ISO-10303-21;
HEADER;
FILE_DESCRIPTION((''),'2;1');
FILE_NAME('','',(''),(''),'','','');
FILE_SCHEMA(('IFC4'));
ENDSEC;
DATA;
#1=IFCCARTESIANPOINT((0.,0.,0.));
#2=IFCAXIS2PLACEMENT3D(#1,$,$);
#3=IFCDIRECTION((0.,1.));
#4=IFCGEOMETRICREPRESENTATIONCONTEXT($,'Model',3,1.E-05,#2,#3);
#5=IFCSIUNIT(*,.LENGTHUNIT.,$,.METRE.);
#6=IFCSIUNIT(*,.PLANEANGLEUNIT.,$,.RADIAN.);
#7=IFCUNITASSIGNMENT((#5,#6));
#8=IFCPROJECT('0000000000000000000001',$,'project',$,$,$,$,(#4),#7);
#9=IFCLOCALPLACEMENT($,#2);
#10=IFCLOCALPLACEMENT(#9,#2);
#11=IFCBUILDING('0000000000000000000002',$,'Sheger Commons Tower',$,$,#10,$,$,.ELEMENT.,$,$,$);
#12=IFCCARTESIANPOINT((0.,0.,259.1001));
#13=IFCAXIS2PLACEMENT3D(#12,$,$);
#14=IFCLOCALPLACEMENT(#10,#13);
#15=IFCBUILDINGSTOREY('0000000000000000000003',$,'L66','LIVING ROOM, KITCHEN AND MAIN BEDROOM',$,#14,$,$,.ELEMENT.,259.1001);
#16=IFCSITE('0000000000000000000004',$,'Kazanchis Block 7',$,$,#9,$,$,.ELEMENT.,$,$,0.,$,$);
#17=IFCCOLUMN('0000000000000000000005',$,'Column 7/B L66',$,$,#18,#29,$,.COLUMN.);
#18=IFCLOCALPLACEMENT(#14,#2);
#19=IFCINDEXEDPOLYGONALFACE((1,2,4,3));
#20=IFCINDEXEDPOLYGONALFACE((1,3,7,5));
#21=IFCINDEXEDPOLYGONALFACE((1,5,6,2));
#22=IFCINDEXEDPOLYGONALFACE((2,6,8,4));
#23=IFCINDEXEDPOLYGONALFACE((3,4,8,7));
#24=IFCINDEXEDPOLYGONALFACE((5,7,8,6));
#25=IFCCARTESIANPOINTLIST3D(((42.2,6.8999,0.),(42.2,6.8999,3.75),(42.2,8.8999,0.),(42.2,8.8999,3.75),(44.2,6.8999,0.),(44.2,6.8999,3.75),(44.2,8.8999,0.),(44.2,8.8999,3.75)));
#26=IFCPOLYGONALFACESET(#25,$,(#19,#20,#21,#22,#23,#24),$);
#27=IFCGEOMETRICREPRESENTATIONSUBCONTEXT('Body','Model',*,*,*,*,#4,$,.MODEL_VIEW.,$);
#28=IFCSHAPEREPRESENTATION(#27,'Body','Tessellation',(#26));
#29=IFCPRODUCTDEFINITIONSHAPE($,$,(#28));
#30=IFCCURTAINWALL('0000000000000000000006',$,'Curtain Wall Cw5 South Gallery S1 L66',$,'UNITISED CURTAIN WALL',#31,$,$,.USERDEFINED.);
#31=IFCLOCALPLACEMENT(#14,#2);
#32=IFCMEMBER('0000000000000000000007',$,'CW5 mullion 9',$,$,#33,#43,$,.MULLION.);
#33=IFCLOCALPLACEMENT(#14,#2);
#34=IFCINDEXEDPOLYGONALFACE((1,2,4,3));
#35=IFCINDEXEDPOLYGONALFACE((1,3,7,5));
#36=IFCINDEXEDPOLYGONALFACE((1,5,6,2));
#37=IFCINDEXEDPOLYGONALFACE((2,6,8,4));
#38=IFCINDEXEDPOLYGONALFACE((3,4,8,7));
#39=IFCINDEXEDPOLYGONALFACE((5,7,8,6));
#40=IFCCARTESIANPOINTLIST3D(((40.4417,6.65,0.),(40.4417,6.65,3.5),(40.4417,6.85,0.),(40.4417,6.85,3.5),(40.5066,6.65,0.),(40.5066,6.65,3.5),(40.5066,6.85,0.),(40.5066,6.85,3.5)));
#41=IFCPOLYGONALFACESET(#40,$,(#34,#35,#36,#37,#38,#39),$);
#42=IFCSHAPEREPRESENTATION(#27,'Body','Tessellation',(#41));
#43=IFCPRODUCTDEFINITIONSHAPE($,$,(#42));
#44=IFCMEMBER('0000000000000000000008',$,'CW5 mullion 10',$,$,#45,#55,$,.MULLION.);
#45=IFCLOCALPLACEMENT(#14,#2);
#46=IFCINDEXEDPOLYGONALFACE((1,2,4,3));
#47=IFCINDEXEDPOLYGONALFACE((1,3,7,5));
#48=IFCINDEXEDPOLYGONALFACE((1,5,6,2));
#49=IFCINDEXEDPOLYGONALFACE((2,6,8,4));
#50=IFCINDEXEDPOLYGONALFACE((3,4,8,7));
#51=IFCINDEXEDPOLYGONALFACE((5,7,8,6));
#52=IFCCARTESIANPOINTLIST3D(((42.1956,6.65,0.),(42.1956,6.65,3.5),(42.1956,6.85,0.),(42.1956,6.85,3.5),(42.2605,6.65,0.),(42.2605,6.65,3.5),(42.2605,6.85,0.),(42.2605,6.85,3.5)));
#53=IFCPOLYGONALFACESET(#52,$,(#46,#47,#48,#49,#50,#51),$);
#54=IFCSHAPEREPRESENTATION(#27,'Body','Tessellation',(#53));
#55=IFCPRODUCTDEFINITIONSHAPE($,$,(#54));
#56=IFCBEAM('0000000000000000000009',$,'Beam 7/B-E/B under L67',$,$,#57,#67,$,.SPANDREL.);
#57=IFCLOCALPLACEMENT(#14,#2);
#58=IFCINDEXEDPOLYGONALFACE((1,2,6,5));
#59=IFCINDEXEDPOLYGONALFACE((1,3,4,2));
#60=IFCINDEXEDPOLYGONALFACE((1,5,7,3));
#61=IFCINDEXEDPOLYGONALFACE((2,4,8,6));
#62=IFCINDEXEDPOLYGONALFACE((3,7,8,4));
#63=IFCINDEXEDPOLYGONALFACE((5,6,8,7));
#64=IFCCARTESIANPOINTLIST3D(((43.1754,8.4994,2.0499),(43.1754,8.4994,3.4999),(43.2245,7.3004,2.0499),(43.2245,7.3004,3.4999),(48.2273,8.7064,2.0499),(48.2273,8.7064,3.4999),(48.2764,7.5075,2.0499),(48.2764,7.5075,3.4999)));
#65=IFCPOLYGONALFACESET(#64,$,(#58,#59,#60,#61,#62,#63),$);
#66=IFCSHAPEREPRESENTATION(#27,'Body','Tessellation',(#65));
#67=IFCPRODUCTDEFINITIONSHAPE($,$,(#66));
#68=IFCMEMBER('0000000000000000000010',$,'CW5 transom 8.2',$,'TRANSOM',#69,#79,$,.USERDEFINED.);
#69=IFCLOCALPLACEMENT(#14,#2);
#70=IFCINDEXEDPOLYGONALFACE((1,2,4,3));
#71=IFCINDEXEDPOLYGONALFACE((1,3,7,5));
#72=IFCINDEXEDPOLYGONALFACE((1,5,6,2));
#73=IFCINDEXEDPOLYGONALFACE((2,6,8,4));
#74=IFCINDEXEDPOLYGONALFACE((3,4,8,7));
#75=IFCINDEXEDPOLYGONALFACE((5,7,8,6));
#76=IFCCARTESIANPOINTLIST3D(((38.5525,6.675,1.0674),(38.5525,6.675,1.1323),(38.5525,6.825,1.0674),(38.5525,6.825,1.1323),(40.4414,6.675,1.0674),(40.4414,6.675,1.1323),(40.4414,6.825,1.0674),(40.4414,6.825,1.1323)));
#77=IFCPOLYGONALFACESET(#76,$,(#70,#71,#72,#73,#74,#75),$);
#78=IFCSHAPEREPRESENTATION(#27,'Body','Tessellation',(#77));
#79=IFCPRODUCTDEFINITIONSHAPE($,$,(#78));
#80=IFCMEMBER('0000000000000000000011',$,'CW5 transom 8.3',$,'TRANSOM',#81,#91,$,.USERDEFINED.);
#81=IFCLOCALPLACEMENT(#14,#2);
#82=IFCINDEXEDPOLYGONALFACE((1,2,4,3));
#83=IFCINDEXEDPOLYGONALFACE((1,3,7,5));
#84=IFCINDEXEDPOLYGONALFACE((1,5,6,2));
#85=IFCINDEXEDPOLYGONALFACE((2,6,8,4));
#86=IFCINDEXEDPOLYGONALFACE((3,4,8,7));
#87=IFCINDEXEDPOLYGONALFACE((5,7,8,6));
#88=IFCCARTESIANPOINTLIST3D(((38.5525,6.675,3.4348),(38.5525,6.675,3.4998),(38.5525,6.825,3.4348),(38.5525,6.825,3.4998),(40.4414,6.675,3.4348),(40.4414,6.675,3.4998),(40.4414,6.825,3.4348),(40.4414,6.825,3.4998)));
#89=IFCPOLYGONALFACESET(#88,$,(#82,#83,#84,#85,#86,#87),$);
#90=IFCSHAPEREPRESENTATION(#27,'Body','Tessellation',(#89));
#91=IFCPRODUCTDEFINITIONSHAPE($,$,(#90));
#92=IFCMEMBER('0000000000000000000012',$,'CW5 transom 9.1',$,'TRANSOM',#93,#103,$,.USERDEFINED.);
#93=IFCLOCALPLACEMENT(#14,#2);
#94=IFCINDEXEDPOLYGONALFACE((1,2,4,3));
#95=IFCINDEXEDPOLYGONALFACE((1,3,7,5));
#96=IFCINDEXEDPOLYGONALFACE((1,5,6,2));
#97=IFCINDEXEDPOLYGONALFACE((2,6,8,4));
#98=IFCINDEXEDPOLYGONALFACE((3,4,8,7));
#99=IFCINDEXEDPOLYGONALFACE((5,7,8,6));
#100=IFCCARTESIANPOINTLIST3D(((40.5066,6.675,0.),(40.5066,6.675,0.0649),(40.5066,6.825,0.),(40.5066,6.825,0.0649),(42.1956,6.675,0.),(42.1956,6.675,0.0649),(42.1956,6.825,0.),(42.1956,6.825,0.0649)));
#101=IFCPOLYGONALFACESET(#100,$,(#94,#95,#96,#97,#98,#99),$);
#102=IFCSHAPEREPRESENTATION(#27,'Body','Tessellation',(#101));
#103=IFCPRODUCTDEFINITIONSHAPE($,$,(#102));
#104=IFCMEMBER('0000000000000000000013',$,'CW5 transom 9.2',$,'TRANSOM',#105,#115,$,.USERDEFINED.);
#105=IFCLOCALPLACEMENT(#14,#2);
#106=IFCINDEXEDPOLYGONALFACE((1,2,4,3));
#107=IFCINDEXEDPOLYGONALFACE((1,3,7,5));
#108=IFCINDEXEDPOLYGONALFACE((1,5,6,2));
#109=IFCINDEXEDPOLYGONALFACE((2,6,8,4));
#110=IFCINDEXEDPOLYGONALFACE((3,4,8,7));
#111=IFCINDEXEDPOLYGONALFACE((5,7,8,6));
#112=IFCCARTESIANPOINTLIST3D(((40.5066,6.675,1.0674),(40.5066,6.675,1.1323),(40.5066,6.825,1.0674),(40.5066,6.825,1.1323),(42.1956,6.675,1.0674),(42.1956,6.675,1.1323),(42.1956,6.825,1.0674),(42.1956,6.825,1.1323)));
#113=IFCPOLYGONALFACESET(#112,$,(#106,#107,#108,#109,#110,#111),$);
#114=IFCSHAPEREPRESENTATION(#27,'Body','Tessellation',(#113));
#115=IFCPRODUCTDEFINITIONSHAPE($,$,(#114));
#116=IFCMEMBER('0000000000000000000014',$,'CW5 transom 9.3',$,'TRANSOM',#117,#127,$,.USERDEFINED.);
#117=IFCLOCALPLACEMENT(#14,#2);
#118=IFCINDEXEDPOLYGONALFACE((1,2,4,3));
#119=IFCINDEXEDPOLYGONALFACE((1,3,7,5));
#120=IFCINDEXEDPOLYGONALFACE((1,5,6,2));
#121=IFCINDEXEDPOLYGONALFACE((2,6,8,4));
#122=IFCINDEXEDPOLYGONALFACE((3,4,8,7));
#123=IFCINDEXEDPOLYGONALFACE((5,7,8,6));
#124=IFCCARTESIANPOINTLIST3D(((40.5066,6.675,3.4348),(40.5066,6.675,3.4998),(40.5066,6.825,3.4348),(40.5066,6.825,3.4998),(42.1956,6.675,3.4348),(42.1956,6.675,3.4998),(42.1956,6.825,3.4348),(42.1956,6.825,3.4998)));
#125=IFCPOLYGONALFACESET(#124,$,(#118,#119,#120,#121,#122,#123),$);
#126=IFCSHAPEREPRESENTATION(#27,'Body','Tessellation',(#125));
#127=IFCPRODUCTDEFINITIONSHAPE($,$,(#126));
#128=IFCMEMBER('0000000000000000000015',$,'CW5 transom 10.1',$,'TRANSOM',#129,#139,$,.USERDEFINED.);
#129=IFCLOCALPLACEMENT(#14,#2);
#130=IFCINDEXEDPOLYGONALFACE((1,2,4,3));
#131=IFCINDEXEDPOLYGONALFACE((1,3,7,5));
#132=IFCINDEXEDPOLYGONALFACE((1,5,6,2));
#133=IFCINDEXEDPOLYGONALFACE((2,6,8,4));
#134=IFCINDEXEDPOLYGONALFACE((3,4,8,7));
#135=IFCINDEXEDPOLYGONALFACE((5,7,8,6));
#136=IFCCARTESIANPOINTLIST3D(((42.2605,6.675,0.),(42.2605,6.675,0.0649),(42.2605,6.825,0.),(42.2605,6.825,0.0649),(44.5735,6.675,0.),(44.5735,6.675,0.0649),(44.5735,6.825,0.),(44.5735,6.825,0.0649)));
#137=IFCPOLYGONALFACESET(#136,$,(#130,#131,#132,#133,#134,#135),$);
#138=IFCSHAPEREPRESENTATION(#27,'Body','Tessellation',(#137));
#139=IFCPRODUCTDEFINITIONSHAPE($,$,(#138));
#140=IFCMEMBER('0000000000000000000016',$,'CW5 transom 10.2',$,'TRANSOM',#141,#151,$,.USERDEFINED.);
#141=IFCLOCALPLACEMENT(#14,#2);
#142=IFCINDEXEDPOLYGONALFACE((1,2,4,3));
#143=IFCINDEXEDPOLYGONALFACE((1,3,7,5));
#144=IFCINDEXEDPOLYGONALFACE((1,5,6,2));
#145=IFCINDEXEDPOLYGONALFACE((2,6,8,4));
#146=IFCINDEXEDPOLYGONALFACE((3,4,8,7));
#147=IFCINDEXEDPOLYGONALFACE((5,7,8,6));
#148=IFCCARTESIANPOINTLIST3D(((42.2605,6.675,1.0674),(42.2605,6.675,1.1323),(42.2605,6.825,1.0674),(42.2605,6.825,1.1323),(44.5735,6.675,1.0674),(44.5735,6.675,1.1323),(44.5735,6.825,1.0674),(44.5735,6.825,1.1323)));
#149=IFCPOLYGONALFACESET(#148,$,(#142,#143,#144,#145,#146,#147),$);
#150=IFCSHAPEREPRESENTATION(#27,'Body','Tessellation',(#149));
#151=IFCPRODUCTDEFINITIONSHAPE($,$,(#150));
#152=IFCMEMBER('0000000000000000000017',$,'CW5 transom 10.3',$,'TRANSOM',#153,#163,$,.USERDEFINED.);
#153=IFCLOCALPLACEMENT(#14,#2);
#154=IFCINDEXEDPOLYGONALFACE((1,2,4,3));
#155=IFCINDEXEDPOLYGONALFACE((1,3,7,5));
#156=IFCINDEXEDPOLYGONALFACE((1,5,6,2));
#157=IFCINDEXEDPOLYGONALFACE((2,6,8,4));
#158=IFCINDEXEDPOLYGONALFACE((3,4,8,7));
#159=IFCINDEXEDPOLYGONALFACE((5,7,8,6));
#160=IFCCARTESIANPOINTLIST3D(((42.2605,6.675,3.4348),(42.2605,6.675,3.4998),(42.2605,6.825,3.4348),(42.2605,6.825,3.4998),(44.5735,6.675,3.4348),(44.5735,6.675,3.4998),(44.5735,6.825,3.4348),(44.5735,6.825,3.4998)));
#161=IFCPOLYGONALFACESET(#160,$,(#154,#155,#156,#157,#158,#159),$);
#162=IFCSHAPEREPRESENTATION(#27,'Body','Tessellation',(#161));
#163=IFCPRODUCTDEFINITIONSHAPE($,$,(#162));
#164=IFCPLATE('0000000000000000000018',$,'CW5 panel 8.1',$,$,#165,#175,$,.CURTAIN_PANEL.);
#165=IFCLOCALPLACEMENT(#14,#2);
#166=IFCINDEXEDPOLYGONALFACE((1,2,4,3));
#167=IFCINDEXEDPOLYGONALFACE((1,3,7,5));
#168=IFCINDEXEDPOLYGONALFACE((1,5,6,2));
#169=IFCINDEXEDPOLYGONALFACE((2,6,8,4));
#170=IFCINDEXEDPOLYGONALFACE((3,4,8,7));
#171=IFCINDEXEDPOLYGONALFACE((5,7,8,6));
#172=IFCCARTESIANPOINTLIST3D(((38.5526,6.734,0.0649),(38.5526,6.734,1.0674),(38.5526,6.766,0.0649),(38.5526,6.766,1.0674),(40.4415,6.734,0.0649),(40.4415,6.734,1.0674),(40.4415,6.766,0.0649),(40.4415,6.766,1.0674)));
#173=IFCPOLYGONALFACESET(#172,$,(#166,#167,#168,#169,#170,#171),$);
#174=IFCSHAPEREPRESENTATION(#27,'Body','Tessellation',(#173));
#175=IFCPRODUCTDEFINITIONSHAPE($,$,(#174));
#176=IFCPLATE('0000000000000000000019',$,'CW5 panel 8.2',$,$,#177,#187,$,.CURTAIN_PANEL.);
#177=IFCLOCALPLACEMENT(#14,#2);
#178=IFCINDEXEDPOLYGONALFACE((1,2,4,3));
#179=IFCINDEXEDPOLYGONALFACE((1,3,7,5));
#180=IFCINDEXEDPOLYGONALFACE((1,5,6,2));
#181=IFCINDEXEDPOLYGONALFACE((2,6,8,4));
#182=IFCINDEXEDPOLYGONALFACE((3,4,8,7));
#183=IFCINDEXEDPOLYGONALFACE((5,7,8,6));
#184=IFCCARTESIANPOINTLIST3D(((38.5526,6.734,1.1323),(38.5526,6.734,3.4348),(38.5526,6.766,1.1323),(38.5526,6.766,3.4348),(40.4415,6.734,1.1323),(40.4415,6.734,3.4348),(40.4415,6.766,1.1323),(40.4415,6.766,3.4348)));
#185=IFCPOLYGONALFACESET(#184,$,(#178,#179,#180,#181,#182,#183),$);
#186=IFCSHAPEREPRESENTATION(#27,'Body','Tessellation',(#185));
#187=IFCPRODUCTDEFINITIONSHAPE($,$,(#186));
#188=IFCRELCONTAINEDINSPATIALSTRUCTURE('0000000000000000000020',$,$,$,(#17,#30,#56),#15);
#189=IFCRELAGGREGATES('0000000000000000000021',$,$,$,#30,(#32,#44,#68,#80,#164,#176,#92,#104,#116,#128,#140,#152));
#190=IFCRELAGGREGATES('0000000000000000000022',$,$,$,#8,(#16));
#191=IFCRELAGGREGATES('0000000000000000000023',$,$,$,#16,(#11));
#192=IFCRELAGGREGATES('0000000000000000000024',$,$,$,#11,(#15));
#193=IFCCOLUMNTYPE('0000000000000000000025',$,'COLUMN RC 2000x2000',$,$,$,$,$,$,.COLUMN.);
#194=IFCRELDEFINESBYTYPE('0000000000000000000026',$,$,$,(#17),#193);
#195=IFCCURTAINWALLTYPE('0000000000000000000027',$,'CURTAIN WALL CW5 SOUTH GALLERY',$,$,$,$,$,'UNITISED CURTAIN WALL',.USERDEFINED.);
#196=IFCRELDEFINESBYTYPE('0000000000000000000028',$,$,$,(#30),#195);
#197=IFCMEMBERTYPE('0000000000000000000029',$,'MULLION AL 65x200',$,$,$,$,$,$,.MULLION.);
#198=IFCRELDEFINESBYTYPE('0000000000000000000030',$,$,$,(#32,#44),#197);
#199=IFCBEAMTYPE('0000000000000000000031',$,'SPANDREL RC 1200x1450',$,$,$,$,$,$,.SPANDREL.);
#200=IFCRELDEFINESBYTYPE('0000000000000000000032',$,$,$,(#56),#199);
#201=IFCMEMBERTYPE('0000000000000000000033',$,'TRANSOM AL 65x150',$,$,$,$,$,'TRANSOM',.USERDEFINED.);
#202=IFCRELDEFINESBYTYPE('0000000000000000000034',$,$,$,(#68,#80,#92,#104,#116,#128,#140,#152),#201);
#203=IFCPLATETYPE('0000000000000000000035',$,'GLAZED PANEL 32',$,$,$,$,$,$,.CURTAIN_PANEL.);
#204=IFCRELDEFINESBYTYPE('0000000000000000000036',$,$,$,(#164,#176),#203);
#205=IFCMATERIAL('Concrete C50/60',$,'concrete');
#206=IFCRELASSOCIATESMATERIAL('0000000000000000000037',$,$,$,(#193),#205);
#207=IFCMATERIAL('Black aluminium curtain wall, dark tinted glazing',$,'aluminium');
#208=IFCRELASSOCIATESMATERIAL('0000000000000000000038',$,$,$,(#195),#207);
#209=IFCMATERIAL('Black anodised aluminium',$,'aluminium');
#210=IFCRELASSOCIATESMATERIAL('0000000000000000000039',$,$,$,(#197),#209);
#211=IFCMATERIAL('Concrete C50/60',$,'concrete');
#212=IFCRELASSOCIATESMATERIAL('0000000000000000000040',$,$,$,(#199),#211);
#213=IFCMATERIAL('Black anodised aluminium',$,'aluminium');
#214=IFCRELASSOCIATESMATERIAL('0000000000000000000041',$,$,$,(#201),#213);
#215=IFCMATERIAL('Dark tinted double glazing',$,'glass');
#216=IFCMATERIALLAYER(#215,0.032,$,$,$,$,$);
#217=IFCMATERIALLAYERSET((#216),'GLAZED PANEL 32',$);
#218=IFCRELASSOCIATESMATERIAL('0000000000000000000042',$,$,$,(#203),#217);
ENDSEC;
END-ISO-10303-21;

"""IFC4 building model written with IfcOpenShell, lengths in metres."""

from ifc_helpers import new_model, si_unit, direction, frame, origin, origin_2d, place, context, subcontext, project, spatial, rectangle, extrude, material, layer, layer_set, material_profile, profile_set, type_object, element, aggregate, save


model = new_model("IFC4")

# Units and contexts
model_context = context("Model", 3, precision=1e-05, world=origin(), true_north=direction((0.0, 1.0)))
body_context = subcontext(model_context, "Body", "Model", "MODEL_VIEW")
ifc_project = project(units=[si_unit("LENGTHUNIT", "METRE"), si_unit("PLANEANGLEUNIT", "RADIAN")], contexts=[model_context])

# Site, building, storey
site_placement = place(None, origin())
site = spatial("IfcSite", under=ifc_project, at=site_placement, Name="Kazanchis Block 7", CompositionType="ELEMENT", RefElevation=0.0)
building_placement = place(site_placement, origin())
building = spatial("IfcBuilding", under=site, at=building_placement, Name="Sheger Commons Tower", CompositionType="ELEMENT")
storey_placement = place(building_placement, frame((0.0, 0.0, 259.1001)))
storey = spatial("IfcBuildingStorey", under=building, at=storey_placement, Name="L66", Description="LIVING ROOM, KITCHEN AND MAIN BEDROOM", CompositionType="ELEMENT", Elevation=259.1001)

# Column
ifc_material_1 = material(Name="Concrete C50/60", Category="concrete")
ifc_material_profile_1 = material_profile(ifc_material_1, rectangle(XDim=2.0, YDim=2.0, at=origin_2d()), Name="RC 2000x2000")
ifc_profile_set_1 = profile_set([ifc_material_profile_1], Name="Concrete C50/60")
column_type = type_object("IfcColumnType", Name="COLUMN RC 2000x2000", PredefinedType="COLUMN", material=ifc_profile_set_1)
column_placement = place(storey_placement, frame((43.2, 7.8999, 0.0), z_axis=(0.0, 0.0, 1.0), x_axis=(1.0, 0.0, 0.0)))
element("IfcColumn", 1, at=column_placement, inside=storey, type_object=column_type, Name="Column 7/B L66", PredefinedType="COLUMN", context=body_context, shape_type="SweptSolid", body=[
    extrude(rectangle(XDim=2.0, YDim=2.0, at=origin_2d()), origin(), (0.0, 0.0, 1.0), 3.75),
])

# Curtain wall, members
ifc_material_2 = material(Name="Black aluminium curtain wall, dark tinted glazing", Category="aluminium")
curtain_wall_type = type_object("IfcCurtainWallType", Name="CURTAIN WALL CW5 SOUTH GALLERY", ElementType="UNITISED CURTAIN WALL", PredefinedType="USERDEFINED", material=ifc_material_2)
curtain_wall_placement = place(storey_placement, origin())
curtain_wall = element("IfcCurtainWall", 2, at=curtain_wall_placement, inside=storey, type_object=curtain_wall_type, Name="Curtain Wall Cw5 South Gallery S1 L66", ObjectType="UNITISED CURTAIN WALL", PredefinedType="USERDEFINED")
ifc_material_3 = material(Name="Black anodised aluminium", Category="aluminium")
ifc_material_profile_2 = material_profile(ifc_material_3, rectangle(XDim=0.2, YDim=0.0649, at=origin_2d()), Name="AL 65x200")
ifc_profile_set_2 = profile_set([ifc_material_profile_2], Name="Black anodised aluminium")
member_type_1 = type_object("IfcMemberType", Name="MULLION AL 65x200", PredefinedType="MULLION", material=ifc_profile_set_2)
member_1_placement = place(storey_placement, frame((40.4741, 6.75, 0.0), z_axis=(0.0, 0.0, 1.0), x_axis=(0.0, 1.0, 0.0)))
member_1 = element("IfcMember", 3, at=member_1_placement, type_object=member_type_1, Name="CW5 mullion 9", PredefinedType="MULLION", context=body_context, shape_type="SweptSolid", body=[
    extrude(rectangle(XDim=0.2, YDim=0.0649, at=origin_2d()), origin(), (0.0, 0.0, 1.0), 3.5),
])
member_2_placement = place(storey_placement, frame((42.228, 6.75, 0.0), z_axis=(0.0, 0.0, 1.0), x_axis=(0.0, 1.0, 0.0)))
member_2 = element("IfcMember", 4, at=member_2_placement, type_object=member_type_1, Name="CW5 mullion 10", PredefinedType="MULLION", context=body_context, shape_type="SweptSolid", body=[
    extrude(rectangle(XDim=0.2, YDim=0.0649, at=origin_2d()), origin(), (0.0, 0.0, 1.0), 3.5),
])

# Beam
ifc_material_4 = material(Name="Concrete C50/60", Category="concrete")
ifc_material_profile_3 = material_profile(ifc_material_4, rectangle(XDim=1.2, YDim=1.45, at=origin_2d()), Name="RC 1200x1450")
ifc_profile_set_3 = profile_set([ifc_material_profile_3], Name="Concrete C50/60")
beam_type = type_object("IfcBeamType", Name="SPANDREL RC 1200x1450", PredefinedType="SPANDREL", material=ifc_profile_set_3)
beam_placement = place(storey_placement, frame((43.2, 7.8999, 2.7749), z_axis=(0.999161, 0.040946, 0.0), x_axis=(-0.040946, 0.999161, 0.0)))
element("IfcBeam", 5, at=beam_placement, inside=storey, type_object=beam_type, Name="Beam 7/B-E/B under L67", PredefinedType="SPANDREL", context=body_context, shape_type="SweptSolid", body=[
    extrude(rectangle(XDim=1.2, YDim=1.45, at=origin_2d()), origin(), (0.0, 0.0, 1.0), 5.0562),
])

# Members
ifc_material_5 = material(Name="Black anodised aluminium", Category="aluminium")
ifc_material_profile_4 = material_profile(ifc_material_5, rectangle(XDim=0.1499, YDim=0.0649, at=origin_2d()), Name="AL 65x150")
ifc_profile_set_4 = profile_set([ifc_material_profile_4], Name="Black anodised aluminium")
member_type_2 = type_object("IfcMemberType", Name="TRANSOM AL 65x150", ElementType="TRANSOM", PredefinedType="USERDEFINED", material=ifc_profile_set_4)
member_3_placement = place(storey_placement, frame((38.5525, 6.75, 1.0999), z_axis=(1.0, 0.0, 0.0), x_axis=(0.0, 1.0, 0.0)))
member_3 = element("IfcMember", 6, at=member_3_placement, type_object=member_type_2, Name="CW5 transom 8.2", ObjectType="TRANSOM", PredefinedType="USERDEFINED", context=body_context, shape_type="SweptSolid", body=[
    extrude(rectangle(XDim=0.1499, YDim=0.0649, at=origin_2d()), origin(), (0.0, 0.0, 1.0), 1.8889),
])
member_4_placement = place(storey_placement, frame((38.5525, 6.75, 3.4673), z_axis=(1.0, 0.0, 0.0), x_axis=(0.0, 1.0, 0.0)))
member_4 = element("IfcMember", 7, at=member_4_placement, type_object=member_type_2, Name="CW5 transom 8.3", ObjectType="TRANSOM", PredefinedType="USERDEFINED", context=body_context, shape_type="SweptSolid", body=[
    extrude(rectangle(XDim=0.1499, YDim=0.0649, at=origin_2d()), origin(), (0.0, 0.0, 1.0), 1.8889),
])
member_5_placement = place(storey_placement, frame((40.5066, 6.75, 0.0325), z_axis=(1.0, 0.0, 0.0), x_axis=(0.0, 1.0, 0.0)))
member_5 = element("IfcMember", 8, at=member_5_placement, type_object=member_type_2, Name="CW5 transom 9.1", ObjectType="TRANSOM", PredefinedType="USERDEFINED", context=body_context, shape_type="SweptSolid", body=[
    extrude(rectangle(XDim=0.1499, YDim=0.0649, at=origin_2d()), origin(), (0.0, 0.0, 1.0), 1.689),
])
member_6_placement = place(storey_placement, frame((40.5066, 6.75, 1.0999), z_axis=(1.0, 0.0, 0.0), x_axis=(0.0, 1.0, 0.0)))
member_6 = element("IfcMember", 9, at=member_6_placement, type_object=member_type_2, Name="CW5 transom 9.2", ObjectType="TRANSOM", PredefinedType="USERDEFINED", context=body_context, shape_type="SweptSolid", body=[
    extrude(rectangle(XDim=0.1499, YDim=0.0649, at=origin_2d()), origin(), (0.0, 0.0, 1.0), 1.689),
])
member_7_placement = place(storey_placement, frame((40.5066, 6.75, 3.4673), z_axis=(1.0, 0.0, 0.0), x_axis=(0.0, 1.0, 0.0)))
member_7 = element("IfcMember", 10, at=member_7_placement, type_object=member_type_2, Name="CW5 transom 9.3", ObjectType="TRANSOM", PredefinedType="USERDEFINED", context=body_context, shape_type="SweptSolid", body=[
    extrude(rectangle(XDim=0.1499, YDim=0.0649, at=origin_2d()), origin(), (0.0, 0.0, 1.0), 1.689),
])
member_8_placement = place(storey_placement, frame((42.2605, 6.75, 0.0325), z_axis=(1.0, 0.0, 0.0), x_axis=(0.0, 1.0, 0.0)))
member_8 = element("IfcMember", 11, at=member_8_placement, type_object=member_type_2, Name="CW5 transom 10.1", ObjectType="TRANSOM", PredefinedType="USERDEFINED", context=body_context, shape_type="SweptSolid", body=[
    extrude(rectangle(XDim=0.1499, YDim=0.0649, at=origin_2d()), origin(), (0.0, 0.0, 1.0), 2.313),
])
member_9_placement = place(storey_placement, frame((42.2605, 6.75, 1.0999), z_axis=(1.0, 0.0, 0.0), x_axis=(0.0, 1.0, 0.0)))
member_9 = element("IfcMember", 12, at=member_9_placement, type_object=member_type_2, Name="CW5 transom 10.2", ObjectType="TRANSOM", PredefinedType="USERDEFINED", context=body_context, shape_type="SweptSolid", body=[
    extrude(rectangle(XDim=0.1499, YDim=0.0649, at=origin_2d()), origin(), (0.0, 0.0, 1.0), 2.313),
])
member_10_placement = place(storey_placement, frame((42.2605, 6.75, 3.4673), z_axis=(1.0, 0.0, 0.0), x_axis=(0.0, 1.0, 0.0)))
member_10 = element("IfcMember", 13, at=member_10_placement, type_object=member_type_2, Name="CW5 transom 10.3", ObjectType="TRANSOM", PredefinedType="USERDEFINED", context=body_context, shape_type="SweptSolid", body=[
    extrude(rectangle(XDim=0.1499, YDim=0.0649, at=origin_2d()), origin(), (0.0, 0.0, 1.0), 2.313),
])

# Plates
ifc_material_6 = material(Name="Dark tinted double glazing", Category="glass")
ifc_layer_1 = layer(ifc_material_6, 0.032)
ifc_layer_set_1 = layer_set([ifc_layer_1], Name="GLAZED PANEL 32")
plate_type = type_object("IfcPlateType", Name="GLAZED PANEL 32", PredefinedType="CURTAIN_PANEL", material=ifc_layer_set_1)
plate_1_placement = place(storey_placement, frame((39.4971, 6.75, 0.0649), z_axis=(0.0, 0.0, 1.0), x_axis=(1.0, 0.0, 0.0)))
plate_1 = element("IfcPlate", 14, at=plate_1_placement, type_object=plate_type, Name="CW5 panel 8.1", PredefinedType="CURTAIN_PANEL", context=body_context, shape_type="SweptSolid", body=[
    extrude(rectangle(XDim=1.8889, YDim=0.032, at=origin_2d()), origin(), (0.0, 0.0, 1.0), 1.0024),
])
plate_2_placement = place(storey_placement, frame((39.4971, 6.75, 1.1323), z_axis=(0.0, 0.0, 1.0), x_axis=(1.0, 0.0, 0.0)))
plate_2 = element("IfcPlate", 15, at=plate_2_placement, type_object=plate_type, Name="CW5 panel 8.2", PredefinedType="CURTAIN_PANEL", context=body_context, shape_type="SweptSolid", body=[
    extrude(rectangle(XDim=1.8889, YDim=0.032, at=origin_2d()), origin(), (0.0, 0.0, 1.0), 2.3025),
])
aggregate(curtain_wall, [member_1, member_2, member_3, member_4, plate_1, plate_2, member_5, member_6, member_7, member_8, member_9, member_10])

save(model, "model.ifc")
